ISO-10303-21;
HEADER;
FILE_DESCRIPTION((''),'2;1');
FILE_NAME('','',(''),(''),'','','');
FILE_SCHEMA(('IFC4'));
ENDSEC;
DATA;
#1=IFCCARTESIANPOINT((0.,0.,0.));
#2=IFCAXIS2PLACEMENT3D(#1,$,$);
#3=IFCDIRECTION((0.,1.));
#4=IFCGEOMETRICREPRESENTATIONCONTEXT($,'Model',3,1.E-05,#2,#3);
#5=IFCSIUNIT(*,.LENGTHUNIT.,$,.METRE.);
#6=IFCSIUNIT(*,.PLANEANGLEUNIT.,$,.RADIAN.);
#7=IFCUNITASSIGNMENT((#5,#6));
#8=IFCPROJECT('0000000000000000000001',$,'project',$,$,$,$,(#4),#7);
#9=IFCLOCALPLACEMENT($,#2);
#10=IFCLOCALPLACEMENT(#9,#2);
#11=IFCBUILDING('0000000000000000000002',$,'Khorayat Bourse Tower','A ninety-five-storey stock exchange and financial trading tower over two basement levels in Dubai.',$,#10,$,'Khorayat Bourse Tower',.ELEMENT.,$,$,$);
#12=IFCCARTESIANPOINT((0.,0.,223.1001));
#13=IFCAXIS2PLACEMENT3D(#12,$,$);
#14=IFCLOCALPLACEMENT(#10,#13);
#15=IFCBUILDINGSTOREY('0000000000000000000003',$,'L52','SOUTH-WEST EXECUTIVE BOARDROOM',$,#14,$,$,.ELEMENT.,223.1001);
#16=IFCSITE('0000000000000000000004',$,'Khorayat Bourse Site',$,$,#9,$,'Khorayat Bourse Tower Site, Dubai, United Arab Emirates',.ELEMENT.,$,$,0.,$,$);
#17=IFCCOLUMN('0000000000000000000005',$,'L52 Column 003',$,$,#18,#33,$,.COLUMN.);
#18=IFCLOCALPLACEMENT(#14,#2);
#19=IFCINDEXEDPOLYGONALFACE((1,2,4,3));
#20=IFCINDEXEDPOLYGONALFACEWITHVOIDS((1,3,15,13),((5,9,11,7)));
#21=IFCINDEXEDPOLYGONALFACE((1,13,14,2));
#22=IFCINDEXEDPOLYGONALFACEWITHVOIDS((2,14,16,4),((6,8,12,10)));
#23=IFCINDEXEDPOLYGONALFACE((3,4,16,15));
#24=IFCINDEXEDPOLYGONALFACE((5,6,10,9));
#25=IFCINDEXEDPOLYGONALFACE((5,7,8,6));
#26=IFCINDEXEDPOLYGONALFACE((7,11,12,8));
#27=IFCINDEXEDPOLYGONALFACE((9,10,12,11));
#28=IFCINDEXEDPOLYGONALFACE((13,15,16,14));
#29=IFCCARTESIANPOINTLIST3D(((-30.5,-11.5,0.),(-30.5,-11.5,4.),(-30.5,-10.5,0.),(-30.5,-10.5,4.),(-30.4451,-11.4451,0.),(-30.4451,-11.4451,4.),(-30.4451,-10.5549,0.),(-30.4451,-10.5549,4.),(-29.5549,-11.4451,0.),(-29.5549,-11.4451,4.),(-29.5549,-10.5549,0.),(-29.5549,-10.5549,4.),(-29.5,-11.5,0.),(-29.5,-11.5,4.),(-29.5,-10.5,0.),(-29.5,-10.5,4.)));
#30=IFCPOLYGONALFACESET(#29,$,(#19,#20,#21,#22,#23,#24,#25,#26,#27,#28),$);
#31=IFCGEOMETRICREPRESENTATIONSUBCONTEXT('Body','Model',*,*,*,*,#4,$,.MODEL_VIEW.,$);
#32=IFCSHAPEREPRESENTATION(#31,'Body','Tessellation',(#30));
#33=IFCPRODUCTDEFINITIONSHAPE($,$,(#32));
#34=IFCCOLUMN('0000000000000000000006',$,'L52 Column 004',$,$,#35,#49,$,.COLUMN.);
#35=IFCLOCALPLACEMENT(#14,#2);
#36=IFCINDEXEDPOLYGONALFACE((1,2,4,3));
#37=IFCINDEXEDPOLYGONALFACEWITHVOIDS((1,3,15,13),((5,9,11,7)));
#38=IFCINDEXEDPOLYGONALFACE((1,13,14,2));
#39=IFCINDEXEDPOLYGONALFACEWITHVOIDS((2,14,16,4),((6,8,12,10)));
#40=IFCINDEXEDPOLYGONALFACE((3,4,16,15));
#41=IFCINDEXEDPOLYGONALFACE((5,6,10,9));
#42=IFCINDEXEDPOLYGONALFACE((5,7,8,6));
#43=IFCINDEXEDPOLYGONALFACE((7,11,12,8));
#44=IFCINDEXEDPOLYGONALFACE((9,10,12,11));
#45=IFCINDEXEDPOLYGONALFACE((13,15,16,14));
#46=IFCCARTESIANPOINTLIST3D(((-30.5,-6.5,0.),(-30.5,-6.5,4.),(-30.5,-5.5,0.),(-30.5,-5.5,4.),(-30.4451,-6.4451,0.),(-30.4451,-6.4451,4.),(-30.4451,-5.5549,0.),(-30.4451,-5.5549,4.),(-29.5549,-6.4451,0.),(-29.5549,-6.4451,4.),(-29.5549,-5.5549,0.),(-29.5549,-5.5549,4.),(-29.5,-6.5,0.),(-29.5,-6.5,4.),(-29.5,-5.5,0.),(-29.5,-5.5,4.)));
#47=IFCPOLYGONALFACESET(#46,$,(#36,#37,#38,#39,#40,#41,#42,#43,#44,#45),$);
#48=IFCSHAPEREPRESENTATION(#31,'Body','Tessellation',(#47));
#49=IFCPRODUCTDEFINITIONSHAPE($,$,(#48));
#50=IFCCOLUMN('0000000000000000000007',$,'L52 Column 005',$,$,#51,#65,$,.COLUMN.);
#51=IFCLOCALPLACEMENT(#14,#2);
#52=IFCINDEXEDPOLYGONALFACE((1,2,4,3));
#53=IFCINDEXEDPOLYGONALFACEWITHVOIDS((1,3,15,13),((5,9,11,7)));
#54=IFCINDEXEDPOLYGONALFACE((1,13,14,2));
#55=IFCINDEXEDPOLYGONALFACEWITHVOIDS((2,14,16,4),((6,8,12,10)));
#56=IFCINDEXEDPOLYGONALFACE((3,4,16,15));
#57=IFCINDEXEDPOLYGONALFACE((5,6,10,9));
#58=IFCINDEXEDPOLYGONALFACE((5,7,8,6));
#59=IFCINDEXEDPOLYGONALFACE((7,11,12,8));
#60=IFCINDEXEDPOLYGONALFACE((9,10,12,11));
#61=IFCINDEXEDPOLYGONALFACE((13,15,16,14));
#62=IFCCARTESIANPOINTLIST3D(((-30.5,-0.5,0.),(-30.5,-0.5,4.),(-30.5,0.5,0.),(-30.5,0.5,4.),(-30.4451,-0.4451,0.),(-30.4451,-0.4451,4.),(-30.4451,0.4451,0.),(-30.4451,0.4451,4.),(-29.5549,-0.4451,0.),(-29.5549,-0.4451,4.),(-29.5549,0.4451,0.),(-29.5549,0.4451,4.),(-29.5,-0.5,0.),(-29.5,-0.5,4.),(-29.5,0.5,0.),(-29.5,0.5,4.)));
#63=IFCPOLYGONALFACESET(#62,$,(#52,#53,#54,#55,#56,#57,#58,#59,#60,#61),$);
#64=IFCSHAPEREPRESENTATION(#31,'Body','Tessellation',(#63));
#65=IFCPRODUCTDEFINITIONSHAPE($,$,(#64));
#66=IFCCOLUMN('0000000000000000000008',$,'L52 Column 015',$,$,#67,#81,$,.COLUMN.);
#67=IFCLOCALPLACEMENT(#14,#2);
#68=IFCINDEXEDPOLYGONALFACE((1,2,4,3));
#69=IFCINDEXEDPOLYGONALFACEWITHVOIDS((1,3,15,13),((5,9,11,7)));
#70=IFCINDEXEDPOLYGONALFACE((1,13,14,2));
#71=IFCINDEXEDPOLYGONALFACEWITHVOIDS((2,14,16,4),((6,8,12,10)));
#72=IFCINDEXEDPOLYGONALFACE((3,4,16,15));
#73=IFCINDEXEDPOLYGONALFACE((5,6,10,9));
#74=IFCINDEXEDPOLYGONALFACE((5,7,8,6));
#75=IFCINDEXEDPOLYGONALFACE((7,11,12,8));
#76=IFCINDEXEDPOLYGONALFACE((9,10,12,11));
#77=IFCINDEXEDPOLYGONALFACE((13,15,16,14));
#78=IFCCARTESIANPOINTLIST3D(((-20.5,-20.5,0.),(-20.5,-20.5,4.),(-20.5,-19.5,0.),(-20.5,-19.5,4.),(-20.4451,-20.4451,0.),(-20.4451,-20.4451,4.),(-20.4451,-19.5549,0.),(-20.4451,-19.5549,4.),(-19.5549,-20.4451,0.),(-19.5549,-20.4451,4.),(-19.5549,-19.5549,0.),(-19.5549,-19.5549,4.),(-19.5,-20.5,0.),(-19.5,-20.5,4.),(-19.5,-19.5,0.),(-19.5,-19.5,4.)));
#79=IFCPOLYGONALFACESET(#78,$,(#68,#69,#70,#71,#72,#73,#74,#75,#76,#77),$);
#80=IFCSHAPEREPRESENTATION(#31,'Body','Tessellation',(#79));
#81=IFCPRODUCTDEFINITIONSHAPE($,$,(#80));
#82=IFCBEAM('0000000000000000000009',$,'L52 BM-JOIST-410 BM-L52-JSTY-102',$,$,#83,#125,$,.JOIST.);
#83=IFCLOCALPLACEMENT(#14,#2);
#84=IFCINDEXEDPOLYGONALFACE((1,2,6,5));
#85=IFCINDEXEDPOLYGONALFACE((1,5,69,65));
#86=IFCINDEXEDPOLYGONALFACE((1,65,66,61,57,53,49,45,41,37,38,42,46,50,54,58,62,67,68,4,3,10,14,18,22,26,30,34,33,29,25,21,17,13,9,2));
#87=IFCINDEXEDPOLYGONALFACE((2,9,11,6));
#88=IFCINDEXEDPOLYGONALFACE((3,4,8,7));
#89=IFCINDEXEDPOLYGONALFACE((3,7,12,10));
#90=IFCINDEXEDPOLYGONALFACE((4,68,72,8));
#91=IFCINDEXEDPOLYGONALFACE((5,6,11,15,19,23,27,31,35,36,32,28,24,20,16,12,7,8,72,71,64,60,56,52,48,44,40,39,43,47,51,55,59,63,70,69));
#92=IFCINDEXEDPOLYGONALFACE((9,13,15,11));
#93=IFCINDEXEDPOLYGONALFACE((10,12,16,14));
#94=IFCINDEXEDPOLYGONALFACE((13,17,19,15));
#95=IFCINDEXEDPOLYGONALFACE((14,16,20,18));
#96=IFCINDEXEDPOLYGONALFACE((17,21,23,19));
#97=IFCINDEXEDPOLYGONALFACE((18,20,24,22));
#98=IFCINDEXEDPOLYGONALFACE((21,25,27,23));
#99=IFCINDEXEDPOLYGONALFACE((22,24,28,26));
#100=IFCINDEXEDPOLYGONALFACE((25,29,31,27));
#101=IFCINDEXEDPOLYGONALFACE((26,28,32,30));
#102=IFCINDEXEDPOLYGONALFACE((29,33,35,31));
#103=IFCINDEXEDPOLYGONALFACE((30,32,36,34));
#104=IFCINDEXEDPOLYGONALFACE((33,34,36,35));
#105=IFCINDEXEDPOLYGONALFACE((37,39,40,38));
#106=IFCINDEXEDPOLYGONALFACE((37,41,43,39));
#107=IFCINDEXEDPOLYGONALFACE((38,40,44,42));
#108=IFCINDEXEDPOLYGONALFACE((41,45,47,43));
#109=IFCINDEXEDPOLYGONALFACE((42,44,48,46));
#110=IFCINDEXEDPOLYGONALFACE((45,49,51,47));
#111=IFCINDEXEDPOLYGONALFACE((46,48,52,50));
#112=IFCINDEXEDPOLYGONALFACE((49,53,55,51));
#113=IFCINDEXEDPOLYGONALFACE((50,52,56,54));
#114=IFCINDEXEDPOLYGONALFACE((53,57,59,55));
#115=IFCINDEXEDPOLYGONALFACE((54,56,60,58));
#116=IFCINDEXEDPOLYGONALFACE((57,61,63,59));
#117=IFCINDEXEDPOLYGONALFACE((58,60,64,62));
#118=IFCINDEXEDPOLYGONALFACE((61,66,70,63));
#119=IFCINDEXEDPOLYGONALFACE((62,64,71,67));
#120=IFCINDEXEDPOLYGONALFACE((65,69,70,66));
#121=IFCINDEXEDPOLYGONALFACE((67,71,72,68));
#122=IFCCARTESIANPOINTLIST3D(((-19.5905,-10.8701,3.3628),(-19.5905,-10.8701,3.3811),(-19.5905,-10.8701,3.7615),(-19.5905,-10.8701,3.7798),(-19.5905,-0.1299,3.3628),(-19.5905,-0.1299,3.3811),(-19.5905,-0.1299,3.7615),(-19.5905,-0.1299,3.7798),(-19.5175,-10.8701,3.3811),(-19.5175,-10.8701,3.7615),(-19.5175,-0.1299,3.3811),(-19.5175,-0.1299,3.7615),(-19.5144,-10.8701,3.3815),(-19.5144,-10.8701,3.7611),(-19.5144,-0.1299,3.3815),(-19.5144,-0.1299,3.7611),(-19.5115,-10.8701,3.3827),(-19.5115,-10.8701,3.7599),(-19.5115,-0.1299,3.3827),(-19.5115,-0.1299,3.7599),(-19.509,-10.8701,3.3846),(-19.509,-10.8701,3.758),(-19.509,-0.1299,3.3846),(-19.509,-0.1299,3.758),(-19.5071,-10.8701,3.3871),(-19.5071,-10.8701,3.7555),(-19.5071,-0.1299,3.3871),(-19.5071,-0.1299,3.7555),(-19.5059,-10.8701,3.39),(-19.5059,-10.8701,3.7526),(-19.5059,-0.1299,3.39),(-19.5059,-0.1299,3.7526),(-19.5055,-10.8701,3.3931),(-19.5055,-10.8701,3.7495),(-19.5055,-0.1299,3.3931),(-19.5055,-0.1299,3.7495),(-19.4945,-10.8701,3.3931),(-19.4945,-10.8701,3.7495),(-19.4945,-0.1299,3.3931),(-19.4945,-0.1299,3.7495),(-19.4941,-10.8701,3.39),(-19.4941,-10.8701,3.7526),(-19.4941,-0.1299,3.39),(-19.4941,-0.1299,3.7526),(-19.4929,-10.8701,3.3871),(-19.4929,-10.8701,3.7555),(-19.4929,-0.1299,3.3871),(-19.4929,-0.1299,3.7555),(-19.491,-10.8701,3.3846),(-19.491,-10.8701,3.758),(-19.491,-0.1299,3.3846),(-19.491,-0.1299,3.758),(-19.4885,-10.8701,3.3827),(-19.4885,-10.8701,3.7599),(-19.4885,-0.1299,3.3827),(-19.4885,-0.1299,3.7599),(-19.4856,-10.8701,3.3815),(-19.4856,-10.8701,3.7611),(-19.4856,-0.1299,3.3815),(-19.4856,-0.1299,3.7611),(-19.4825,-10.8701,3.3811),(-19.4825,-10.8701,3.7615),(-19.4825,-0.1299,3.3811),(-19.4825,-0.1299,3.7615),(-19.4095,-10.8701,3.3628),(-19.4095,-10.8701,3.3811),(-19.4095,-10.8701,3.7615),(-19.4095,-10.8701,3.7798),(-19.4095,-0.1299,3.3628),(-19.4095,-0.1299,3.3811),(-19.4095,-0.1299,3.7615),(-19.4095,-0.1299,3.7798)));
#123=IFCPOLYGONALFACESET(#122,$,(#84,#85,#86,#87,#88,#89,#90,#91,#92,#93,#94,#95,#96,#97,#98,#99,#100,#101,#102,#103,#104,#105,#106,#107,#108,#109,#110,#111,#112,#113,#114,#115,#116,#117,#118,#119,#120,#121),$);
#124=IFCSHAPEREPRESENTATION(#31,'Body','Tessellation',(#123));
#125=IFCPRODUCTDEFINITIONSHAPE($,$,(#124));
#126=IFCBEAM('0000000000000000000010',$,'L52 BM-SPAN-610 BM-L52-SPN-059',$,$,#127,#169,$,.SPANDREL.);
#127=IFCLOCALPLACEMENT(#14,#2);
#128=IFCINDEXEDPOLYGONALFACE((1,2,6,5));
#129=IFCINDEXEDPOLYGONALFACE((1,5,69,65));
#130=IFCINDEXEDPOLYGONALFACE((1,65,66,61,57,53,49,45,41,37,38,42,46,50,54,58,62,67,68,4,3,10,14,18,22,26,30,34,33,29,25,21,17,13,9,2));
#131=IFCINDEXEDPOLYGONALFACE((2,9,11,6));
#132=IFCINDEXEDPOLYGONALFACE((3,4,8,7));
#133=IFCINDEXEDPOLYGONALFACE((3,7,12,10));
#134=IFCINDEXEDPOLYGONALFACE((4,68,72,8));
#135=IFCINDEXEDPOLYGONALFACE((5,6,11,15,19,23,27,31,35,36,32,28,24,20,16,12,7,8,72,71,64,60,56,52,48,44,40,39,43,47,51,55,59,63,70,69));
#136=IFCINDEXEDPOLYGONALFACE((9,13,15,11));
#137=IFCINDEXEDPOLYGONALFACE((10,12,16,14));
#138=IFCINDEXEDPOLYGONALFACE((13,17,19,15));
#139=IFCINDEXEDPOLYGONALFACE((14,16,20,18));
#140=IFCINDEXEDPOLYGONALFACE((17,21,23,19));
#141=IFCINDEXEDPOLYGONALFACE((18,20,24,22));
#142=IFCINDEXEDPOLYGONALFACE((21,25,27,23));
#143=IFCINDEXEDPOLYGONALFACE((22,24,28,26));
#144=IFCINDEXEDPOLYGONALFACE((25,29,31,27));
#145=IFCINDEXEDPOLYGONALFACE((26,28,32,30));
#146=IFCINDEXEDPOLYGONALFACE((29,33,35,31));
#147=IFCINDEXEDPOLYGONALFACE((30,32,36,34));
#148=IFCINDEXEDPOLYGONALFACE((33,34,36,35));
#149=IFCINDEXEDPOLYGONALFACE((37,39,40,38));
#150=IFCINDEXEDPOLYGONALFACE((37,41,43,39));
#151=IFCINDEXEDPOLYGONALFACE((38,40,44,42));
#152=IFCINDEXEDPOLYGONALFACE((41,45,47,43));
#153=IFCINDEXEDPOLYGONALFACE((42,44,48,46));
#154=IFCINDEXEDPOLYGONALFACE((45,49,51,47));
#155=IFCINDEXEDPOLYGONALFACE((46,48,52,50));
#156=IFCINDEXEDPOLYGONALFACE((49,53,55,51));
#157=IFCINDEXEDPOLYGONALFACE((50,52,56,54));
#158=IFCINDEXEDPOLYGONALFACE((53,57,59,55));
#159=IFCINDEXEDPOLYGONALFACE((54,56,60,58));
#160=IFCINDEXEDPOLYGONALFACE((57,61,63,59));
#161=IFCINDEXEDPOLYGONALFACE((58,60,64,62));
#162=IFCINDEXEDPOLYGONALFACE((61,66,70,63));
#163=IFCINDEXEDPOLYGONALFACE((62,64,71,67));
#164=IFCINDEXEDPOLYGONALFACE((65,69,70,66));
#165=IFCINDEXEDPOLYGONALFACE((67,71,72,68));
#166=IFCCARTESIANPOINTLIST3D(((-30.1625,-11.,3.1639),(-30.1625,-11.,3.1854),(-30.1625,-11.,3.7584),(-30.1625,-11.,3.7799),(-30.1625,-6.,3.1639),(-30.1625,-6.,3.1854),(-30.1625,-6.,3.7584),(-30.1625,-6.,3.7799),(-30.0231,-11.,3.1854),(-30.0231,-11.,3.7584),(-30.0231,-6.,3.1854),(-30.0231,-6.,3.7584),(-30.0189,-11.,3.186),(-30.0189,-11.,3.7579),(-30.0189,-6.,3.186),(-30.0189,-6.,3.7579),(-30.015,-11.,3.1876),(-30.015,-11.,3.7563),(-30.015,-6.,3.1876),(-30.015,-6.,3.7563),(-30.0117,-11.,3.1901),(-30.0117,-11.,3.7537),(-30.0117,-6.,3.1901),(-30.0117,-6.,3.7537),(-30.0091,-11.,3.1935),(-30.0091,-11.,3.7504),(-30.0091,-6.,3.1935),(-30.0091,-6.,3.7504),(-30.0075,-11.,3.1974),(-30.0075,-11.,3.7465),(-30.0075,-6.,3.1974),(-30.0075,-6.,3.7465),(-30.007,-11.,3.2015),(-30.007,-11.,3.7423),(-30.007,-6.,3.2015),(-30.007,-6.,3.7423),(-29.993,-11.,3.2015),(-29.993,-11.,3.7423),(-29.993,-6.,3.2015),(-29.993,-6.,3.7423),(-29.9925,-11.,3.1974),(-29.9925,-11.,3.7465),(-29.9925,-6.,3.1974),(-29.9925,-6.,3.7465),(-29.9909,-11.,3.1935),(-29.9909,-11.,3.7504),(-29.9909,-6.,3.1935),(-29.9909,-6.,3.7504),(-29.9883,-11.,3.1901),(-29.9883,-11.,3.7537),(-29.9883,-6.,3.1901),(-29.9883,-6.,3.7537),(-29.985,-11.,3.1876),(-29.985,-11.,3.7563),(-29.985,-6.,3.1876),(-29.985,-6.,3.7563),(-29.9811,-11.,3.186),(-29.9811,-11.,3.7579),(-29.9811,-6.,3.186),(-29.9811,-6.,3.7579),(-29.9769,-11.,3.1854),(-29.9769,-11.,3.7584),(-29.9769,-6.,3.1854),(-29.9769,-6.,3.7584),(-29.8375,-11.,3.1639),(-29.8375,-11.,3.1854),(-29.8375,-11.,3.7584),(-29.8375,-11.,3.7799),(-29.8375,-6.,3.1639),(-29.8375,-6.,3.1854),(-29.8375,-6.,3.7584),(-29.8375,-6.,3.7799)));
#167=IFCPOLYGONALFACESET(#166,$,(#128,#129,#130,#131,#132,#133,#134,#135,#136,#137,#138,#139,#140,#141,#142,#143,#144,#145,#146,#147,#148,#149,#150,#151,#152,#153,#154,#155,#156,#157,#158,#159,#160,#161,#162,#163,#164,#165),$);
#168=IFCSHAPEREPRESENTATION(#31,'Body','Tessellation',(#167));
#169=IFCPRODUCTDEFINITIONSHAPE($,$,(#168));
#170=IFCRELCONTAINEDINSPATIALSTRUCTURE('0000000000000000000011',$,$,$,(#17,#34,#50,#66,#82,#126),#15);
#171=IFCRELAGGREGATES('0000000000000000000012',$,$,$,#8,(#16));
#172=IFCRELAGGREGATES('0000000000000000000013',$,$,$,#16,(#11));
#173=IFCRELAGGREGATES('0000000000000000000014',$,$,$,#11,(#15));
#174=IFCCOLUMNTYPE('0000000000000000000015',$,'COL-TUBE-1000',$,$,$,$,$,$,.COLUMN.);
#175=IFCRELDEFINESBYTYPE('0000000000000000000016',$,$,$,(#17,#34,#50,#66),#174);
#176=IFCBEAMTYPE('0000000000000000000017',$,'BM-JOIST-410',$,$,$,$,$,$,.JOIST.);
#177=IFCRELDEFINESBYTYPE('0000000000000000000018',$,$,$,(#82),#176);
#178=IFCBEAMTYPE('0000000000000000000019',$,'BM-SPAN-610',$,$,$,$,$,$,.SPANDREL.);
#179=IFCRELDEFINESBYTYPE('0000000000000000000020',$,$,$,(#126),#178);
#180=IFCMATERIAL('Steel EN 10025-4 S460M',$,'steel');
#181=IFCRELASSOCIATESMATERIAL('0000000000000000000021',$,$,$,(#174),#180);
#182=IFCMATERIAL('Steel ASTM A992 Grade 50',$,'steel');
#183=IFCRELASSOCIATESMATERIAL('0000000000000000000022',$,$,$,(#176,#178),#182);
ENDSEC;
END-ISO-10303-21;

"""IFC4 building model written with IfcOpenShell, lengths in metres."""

from ifc_helpers import new_model, si_unit, direction, frame, origin, origin_2d, place, context, subcontext, project, spatial, hollow_rectangle, i_section, extrude, source, transform, mapped, material, material_profile, profile_set, type_object, element, save


model = new_model("IFC4")

# Units and contexts
model_context = context("Model", 3, precision=1e-05, world=origin(), true_north=direction((0.0, 1.0)))
body_context = subcontext(model_context, "Body", "Model", "MODEL_VIEW")
ifc_project = project(units=[si_unit("LENGTHUNIT", "METRE"), si_unit("PLANEANGLEUNIT", "RADIAN")], contexts=[model_context])

# Site, building, storey
site_placement = place(None, origin())
site = spatial("IfcSite", under=ifc_project, at=site_placement, Name="Khorayat Bourse Site", LongName="Khorayat Bourse Tower Site, Dubai, United Arab Emirates", CompositionType="ELEMENT", RefElevation=0.0)
building_placement = place(site_placement, origin())
building = spatial("IfcBuilding", under=site, at=building_placement, Name="Khorayat Bourse Tower", Description="A ninety-five-storey stock exchange and financial trading tower over two basement levels in Dubai.", LongName="Khorayat Bourse Tower", CompositionType="ELEMENT")
storey_placement = place(building_placement, frame((0.0, 0.0, 223.1001)))
storey = spatial("IfcBuildingStorey", under=building, at=storey_placement, Name="L52", Description="SOUTH-WEST EXECUTIVE BOARDROOM", CompositionType="ELEMENT", Elevation=223.1001)

# Columns
ifc_material_1 = material(Name="Steel EN 10025-4 S460M", Category="steel")
ifc_material_profile_1 = material_profile(ifc_material_1, hollow_rectangle(XDim=1.0, YDim=1.0, WallThickness=0.0549, at=origin_2d()), Name="BOX 1000x1000x55")
ifc_profile_set_1 = profile_set([ifc_material_profile_1], Name="Steel EN 10025-4 S460M")
column_type = type_object("IfcColumnType", Name="COL-TUBE-1000", PredefinedType="COLUMN", material=ifc_profile_set_1)
shared_shape_1 = source(origin(), body_context, "Body", "SweptSolid", [
    extrude(hollow_rectangle(XDim=1.0, YDim=1.0, WallThickness=0.0549, at=origin_2d()), origin(), (0.0, 0.0, 1.0), 4.0),
])
for number, where, z_axis, x_axis, name in (
    (1, (-30.0, -11.0, 0.0), (0.0, 0.0, 1.0), (1.0, 0.0, 0.0), "L52 Column 003"),
    (2, (-30.0, -6.0, 0.0), (0.0, 0.0, 1.0), (1.0, 0.0, 0.0), "L52 Column 004"),
    (3, (-30.0, 0.0, 0.0), (0.0, 0.0, 1.0), (1.0, 0.0, 0.0), "L52 Column 005"),
    (4, (-20.0, -20.0, 0.0), (0.0, 0.0, 1.0), (1.0, 0.0, 0.0), "L52 Column 015"),
):
    element("IfcColumn", number, at=place(storey_placement, frame(where, z_axis=z_axis, x_axis=x_axis)), inside=storey, type_object=column_type, Name=name, PredefinedType="COLUMN", context=body_context, shape_type="MappedRepresentation", body=[
        mapped(shared_shape_1, transform((0.0, 0.0, 0.0), scale=1.0)),
    ])

# Beams
ifc_material_2 = material(Name="Steel ASTM A992 Grade 50", Category="steel")
ifc_material_profile_2 = material_profile(ifc_material_2, i_section(OverallWidth=0.1809, OverallDepth=0.417, WebThickness=0.011, FlangeThickness=0.0183, FilletRadius=0.012, at=origin_2d()), Name="W410X85")
ifc_profile_set_2 = profile_set([ifc_material_profile_2], Name="Steel ASTM A992 Grade 50")
beam_type_1 = type_object("IfcBeamType", Name="BM-JOIST-410", PredefinedType="JOIST", material=ifc_profile_set_2)
shared_shape_2 = source(origin(), body_context, "Body", "SweptSolid", [
    extrude(i_section(OverallWidth=0.1809, OverallDepth=0.417, WebThickness=0.011, FlangeThickness=0.0183, FilletRadius=0.012, at=origin_2d()), origin(), (0.0, 0.0, 1.0), 10.7402),
])
beam_1_placement = place(storey_placement, frame((-19.5, -10.8701, 3.5713), z_axis=(0.0, 1.0, 0.0), x_axis=(-1.0, 0.0, 0.0)))
element("IfcBeam", 5, at=beam_1_placement, inside=storey, type_object=beam_type_1, Name="L52 BM-JOIST-410 BM-L52-JSTY-102", PredefinedType="JOIST", context=body_context, shape_type="MappedRepresentation", body=[
    mapped(shared_shape_2, transform((0.0, 0.0, 0.0), scale=1.0)),
])
ifc_material_profile_3 = material_profile(ifc_material_2, i_section(OverallWidth=0.325, OverallDepth=0.616, WebThickness=0.0139, FlangeThickness=0.0215, FilletRadius=0.0161, at=origin_2d()), Name="W610X174")
ifc_profile_set_3 = profile_set([ifc_material_profile_3], Name="Steel ASTM A992 Grade 50")
beam_type_2 = type_object("IfcBeamType", Name="BM-SPAN-610", PredefinedType="SPANDREL", material=ifc_profile_set_3)
shared_shape_3 = source(origin(), body_context, "Body", "SweptSolid", [
    extrude(i_section(OverallWidth=0.325, OverallDepth=0.616, WebThickness=0.0139, FlangeThickness=0.0215, FilletRadius=0.0161, at=origin_2d()), origin(), (0.0, 0.0, 1.0), 5.0),
])
beam_2_placement = place(storey_placement, frame((-30.0, -11.0, 3.4719), z_axis=(0.0, 1.0, 0.0), x_axis=(-1.0, 0.0, 0.0)))
element("IfcBeam", 6, at=beam_2_placement, inside=storey, type_object=beam_type_2, Name="L52 BM-SPAN-610 BM-L52-SPN-059", PredefinedType="SPANDREL", context=body_context, shape_type="MappedRepresentation", body=[
    mapped(shared_shape_3, transform((0.0, 0.0, 0.0), scale=1.0)),
])

save(model, "model.ifc")
